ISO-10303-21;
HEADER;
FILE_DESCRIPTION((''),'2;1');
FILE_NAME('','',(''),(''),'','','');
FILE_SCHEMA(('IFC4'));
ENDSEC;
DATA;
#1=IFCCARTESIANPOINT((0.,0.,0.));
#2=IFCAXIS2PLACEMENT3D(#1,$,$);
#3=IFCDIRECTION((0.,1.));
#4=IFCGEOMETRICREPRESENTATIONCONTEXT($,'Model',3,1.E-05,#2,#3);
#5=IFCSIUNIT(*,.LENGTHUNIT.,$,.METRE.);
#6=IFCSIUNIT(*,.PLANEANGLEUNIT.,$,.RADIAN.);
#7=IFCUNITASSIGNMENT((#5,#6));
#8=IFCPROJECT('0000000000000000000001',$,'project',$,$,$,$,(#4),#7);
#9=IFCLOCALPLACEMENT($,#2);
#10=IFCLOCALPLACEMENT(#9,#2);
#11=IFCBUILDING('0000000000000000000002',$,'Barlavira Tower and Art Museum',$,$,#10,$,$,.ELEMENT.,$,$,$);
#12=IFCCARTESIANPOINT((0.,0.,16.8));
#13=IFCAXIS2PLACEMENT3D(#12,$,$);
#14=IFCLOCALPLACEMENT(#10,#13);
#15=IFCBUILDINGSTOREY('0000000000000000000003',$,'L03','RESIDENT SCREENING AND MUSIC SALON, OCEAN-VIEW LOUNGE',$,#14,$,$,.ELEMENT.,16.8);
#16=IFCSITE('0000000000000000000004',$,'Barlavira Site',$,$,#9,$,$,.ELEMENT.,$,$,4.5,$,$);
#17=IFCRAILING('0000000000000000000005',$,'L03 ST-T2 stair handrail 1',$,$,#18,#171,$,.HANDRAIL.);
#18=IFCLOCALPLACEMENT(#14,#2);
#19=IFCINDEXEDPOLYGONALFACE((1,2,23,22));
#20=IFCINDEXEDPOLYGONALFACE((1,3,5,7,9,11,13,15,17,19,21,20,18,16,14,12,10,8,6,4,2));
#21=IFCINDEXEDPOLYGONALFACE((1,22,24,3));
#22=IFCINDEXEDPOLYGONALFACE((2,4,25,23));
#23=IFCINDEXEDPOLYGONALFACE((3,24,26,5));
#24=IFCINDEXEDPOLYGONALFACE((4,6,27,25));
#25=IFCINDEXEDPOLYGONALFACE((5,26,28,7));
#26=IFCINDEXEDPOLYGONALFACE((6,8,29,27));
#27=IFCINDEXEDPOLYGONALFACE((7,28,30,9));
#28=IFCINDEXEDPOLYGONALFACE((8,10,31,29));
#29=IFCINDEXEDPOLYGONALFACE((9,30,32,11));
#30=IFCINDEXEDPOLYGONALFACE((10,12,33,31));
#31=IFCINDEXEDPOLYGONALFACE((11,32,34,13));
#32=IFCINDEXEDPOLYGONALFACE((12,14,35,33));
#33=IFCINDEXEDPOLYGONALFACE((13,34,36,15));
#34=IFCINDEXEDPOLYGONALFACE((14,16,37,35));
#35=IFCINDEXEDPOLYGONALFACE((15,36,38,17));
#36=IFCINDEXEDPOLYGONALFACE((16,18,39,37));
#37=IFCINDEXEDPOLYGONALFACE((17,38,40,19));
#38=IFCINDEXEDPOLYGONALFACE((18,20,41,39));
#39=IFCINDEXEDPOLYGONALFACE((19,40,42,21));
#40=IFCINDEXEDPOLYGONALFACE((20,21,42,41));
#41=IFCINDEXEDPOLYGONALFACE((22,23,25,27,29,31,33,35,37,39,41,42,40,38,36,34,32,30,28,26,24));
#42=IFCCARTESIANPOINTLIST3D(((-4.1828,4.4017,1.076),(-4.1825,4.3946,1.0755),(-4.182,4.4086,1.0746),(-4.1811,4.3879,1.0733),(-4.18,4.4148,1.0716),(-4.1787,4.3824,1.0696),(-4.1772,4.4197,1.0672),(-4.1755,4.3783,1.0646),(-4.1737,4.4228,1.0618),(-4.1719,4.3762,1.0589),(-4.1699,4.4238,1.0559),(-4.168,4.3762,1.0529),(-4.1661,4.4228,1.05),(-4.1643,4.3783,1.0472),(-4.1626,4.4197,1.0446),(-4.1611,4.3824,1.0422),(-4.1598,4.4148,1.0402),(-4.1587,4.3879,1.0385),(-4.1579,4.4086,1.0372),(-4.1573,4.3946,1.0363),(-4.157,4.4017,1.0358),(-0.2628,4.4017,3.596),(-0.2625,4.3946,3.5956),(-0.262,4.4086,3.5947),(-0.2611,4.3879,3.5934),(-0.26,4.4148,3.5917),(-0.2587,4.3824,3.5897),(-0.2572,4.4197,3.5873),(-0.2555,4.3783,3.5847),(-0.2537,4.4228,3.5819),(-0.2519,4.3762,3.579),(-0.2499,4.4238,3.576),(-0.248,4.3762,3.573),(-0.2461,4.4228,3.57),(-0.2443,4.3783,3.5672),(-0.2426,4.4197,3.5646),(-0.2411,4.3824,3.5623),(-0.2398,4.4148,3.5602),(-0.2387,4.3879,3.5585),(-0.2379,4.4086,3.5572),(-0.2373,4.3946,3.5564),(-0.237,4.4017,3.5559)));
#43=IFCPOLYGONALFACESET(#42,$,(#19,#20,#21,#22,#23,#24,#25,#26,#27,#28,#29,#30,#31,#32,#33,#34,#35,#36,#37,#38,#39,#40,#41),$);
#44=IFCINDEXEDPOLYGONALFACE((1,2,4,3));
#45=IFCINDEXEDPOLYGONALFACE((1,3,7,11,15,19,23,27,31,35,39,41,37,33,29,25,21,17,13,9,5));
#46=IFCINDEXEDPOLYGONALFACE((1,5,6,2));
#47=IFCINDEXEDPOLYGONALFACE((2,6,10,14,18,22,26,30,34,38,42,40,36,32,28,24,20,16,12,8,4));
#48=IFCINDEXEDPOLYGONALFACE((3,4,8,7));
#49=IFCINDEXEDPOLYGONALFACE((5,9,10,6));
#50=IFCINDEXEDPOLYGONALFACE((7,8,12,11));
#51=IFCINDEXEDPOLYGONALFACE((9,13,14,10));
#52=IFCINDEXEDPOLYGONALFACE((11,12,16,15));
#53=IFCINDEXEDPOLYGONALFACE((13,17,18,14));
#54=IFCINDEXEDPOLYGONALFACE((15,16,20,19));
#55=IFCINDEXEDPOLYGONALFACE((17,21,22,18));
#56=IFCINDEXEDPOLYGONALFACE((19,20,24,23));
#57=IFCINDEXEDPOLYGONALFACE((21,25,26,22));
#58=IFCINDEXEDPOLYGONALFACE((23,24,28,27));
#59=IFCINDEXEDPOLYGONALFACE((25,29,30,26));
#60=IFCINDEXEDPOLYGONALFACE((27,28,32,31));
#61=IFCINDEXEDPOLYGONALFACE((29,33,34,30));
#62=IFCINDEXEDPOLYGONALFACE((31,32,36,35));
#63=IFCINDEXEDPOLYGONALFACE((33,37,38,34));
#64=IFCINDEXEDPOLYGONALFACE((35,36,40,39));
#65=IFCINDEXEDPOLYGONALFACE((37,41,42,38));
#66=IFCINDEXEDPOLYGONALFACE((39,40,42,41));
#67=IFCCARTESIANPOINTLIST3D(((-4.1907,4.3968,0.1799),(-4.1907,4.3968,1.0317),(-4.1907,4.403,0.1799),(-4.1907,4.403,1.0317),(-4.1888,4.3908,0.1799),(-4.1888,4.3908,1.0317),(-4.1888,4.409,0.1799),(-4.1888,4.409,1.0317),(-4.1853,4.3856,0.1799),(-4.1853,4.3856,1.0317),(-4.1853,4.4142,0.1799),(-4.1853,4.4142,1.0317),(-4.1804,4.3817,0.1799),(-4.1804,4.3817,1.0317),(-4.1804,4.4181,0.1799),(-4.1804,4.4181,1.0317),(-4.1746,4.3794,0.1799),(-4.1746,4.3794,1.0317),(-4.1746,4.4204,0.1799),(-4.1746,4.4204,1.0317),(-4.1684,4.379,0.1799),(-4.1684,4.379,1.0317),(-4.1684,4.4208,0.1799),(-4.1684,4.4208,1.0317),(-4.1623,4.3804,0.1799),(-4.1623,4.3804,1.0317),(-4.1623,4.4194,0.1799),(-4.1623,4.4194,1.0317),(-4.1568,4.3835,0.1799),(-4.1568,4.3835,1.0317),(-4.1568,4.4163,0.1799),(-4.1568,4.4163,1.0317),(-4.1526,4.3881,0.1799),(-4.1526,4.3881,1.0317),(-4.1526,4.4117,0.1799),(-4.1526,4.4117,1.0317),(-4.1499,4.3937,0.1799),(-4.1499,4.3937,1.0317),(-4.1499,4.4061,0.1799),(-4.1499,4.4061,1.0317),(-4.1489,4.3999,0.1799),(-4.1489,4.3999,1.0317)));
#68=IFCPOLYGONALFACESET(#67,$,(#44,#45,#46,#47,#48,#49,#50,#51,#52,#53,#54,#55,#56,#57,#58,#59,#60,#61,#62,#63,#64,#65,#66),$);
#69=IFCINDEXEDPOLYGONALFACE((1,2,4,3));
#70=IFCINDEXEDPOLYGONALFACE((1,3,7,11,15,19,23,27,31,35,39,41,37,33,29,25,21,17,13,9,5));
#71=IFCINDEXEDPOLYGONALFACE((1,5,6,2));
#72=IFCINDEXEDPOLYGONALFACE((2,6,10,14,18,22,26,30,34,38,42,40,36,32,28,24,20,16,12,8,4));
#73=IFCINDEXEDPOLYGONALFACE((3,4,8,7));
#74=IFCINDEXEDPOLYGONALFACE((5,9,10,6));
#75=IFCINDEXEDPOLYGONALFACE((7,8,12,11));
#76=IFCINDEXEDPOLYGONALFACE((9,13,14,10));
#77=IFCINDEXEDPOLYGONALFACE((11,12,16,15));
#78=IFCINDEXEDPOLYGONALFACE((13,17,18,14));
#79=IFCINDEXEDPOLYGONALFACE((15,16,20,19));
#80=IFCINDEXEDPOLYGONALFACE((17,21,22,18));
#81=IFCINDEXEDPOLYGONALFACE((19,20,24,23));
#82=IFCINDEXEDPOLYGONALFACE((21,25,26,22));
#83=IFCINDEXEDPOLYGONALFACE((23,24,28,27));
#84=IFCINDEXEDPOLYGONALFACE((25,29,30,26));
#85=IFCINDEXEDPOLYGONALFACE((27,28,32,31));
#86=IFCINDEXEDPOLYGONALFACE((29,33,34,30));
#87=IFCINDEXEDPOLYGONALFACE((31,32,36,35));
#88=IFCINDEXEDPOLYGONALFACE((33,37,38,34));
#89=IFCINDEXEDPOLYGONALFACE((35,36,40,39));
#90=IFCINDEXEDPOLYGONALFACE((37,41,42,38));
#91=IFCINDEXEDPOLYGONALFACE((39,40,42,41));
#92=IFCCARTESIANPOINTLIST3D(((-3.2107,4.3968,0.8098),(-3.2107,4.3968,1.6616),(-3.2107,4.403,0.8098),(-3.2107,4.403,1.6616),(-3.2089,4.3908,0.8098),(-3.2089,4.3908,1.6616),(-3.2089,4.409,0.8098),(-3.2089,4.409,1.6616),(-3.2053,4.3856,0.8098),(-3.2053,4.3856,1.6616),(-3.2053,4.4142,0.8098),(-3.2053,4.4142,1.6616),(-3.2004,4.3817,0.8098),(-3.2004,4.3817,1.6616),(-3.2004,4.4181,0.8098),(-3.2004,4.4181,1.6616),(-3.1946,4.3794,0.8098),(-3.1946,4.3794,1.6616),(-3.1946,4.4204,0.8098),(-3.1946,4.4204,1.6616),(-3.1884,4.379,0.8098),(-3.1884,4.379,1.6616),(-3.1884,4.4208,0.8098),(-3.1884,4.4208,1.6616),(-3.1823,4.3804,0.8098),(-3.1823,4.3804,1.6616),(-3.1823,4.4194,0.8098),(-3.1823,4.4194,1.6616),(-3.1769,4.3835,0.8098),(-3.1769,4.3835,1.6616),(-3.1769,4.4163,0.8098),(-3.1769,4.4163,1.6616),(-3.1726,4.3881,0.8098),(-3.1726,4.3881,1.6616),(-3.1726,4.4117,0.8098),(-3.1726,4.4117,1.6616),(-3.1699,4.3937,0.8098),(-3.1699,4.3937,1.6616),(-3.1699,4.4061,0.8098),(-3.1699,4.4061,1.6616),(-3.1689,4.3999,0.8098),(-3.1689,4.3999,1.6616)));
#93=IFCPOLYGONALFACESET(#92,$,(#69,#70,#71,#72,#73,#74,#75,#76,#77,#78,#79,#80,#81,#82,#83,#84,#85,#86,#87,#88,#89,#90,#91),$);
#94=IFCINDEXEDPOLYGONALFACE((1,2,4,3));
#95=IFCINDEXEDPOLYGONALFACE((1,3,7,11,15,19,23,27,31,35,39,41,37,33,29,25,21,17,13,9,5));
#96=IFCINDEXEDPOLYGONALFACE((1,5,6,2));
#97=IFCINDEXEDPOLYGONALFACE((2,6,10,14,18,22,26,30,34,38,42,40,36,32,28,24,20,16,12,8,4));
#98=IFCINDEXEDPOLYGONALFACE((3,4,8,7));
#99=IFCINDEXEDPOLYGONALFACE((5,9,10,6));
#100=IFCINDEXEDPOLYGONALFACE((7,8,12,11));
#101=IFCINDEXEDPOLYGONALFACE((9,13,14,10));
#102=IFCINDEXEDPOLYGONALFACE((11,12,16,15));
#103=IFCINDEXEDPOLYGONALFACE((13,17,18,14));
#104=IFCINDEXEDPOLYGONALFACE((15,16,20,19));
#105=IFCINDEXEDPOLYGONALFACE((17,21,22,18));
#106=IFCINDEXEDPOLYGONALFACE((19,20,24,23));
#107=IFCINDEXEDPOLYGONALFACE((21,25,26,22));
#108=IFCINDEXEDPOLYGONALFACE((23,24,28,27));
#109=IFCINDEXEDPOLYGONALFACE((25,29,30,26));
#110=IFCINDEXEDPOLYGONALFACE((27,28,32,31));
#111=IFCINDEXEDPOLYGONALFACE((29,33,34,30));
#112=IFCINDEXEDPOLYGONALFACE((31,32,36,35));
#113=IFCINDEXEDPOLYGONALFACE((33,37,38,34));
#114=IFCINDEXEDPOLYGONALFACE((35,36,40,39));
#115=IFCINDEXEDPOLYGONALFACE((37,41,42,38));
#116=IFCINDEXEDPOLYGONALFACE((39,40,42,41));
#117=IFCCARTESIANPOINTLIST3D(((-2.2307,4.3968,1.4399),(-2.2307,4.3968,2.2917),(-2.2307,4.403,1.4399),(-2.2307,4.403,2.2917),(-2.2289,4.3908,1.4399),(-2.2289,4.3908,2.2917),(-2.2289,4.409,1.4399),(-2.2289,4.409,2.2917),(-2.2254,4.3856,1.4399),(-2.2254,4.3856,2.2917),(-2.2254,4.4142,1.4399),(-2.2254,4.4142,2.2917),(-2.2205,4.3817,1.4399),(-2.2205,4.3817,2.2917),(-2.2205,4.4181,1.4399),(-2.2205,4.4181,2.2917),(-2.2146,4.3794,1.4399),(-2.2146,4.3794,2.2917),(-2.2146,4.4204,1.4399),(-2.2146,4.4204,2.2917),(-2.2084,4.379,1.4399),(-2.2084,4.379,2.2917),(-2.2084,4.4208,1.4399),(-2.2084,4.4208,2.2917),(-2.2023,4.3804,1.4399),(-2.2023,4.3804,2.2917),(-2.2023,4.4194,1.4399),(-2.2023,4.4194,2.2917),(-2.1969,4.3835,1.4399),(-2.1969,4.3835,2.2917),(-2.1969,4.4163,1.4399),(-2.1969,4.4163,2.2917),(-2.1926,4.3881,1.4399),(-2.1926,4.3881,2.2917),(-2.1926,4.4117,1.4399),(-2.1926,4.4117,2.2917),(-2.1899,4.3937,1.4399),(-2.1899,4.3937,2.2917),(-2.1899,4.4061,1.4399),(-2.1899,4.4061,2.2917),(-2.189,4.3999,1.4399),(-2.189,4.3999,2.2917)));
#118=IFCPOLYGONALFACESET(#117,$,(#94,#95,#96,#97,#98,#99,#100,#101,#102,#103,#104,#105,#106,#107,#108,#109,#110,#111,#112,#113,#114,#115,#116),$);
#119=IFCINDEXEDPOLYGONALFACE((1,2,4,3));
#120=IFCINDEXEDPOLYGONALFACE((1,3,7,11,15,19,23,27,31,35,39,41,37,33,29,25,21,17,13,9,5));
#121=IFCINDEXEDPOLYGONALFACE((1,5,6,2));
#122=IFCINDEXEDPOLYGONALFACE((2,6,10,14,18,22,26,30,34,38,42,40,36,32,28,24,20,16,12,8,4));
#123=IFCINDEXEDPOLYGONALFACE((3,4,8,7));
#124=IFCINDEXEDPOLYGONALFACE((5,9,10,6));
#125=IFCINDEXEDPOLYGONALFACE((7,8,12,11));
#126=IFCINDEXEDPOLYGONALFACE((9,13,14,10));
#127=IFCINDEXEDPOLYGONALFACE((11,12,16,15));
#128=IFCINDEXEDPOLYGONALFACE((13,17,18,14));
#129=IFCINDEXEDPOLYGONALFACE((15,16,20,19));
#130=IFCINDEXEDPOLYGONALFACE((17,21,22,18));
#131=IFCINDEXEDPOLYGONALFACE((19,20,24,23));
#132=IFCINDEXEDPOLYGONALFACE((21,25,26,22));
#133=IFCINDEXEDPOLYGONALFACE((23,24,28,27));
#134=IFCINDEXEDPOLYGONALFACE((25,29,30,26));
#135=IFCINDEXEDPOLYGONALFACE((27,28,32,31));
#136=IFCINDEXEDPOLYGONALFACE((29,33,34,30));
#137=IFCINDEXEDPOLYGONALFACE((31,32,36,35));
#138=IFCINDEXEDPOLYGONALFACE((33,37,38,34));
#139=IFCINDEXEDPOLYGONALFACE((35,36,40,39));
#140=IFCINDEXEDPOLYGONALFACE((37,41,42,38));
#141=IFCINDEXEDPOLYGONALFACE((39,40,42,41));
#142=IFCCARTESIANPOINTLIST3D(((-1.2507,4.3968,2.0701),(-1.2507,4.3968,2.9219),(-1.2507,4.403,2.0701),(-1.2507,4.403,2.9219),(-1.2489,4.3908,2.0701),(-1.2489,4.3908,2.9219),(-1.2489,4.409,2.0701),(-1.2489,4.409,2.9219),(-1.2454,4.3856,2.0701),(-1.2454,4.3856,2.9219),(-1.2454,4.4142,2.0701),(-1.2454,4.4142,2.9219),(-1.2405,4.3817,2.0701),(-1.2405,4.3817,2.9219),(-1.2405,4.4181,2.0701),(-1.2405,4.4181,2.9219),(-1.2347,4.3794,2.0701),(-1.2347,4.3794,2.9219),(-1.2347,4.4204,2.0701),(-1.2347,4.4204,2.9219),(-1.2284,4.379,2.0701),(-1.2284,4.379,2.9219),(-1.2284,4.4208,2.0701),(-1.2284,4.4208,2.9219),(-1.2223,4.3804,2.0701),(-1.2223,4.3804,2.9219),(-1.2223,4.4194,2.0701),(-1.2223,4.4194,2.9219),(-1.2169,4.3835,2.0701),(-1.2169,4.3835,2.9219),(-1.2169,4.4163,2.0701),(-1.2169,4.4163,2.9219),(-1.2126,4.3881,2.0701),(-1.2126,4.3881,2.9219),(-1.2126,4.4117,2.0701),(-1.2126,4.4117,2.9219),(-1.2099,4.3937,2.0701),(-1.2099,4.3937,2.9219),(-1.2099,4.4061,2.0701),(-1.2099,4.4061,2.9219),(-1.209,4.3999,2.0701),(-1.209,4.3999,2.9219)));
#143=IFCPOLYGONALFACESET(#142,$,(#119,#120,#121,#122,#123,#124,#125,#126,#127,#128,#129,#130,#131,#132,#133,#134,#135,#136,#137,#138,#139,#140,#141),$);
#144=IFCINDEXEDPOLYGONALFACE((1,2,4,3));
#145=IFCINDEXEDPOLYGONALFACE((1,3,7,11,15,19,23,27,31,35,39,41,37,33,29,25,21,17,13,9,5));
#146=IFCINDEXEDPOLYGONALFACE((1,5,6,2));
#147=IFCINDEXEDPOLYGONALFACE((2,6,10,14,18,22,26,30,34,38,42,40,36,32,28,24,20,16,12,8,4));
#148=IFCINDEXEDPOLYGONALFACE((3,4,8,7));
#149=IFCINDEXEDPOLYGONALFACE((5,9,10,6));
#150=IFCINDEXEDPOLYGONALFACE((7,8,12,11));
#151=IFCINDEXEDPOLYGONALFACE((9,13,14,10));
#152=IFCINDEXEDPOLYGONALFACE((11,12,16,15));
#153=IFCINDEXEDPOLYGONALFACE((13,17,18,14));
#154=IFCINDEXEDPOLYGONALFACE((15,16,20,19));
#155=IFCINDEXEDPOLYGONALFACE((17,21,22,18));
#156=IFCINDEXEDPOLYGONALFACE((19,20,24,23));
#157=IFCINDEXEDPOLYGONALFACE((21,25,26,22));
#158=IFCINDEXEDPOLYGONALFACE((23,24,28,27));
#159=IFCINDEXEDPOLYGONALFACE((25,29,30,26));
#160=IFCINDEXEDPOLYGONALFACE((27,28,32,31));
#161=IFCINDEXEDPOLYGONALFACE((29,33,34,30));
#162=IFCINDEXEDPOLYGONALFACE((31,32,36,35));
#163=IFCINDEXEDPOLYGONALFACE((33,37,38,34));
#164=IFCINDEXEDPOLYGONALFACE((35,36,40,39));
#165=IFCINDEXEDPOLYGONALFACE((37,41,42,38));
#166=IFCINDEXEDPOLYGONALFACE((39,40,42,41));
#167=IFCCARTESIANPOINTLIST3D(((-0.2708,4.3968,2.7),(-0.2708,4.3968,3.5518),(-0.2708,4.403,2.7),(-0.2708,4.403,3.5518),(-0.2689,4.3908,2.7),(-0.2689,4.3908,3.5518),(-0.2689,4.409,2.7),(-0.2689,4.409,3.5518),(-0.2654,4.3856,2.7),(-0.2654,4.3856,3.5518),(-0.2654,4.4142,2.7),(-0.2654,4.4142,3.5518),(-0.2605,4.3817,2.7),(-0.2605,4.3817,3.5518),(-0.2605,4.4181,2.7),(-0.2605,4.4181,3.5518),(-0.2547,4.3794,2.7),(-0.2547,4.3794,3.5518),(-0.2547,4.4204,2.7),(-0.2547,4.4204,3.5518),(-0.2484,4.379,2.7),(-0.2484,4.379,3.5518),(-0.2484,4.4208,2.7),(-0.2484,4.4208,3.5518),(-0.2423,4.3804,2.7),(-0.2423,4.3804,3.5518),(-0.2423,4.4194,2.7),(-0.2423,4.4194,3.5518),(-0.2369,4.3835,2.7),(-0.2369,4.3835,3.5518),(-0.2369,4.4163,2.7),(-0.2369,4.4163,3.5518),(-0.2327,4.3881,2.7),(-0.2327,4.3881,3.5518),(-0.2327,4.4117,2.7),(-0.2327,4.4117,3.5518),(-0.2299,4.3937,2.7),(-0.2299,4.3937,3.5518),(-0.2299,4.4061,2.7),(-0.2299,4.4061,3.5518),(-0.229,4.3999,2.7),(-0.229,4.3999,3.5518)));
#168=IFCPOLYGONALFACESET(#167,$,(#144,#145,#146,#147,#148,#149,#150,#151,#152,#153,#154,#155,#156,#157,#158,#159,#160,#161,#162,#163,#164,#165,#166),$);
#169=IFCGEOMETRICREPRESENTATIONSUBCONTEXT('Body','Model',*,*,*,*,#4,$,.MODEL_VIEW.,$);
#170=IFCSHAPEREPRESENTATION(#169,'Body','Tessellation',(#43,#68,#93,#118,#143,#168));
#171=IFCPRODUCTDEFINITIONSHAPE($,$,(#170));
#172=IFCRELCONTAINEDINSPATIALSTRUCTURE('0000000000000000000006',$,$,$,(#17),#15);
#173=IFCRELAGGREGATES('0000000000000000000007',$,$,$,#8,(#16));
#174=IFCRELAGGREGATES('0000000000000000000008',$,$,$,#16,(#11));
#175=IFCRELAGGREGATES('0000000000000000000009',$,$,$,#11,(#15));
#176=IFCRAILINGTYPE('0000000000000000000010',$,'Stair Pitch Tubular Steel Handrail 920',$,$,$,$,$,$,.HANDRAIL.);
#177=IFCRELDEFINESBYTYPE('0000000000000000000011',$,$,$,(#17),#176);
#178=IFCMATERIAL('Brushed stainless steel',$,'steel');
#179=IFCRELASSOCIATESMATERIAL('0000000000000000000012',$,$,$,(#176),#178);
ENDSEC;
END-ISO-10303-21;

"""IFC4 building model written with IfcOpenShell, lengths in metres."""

from ifc_helpers import new_model, si_unit, direction, frame, origin, origin_2d, place, context, subcontext, project, spatial, circle, extrude, material, type_object, element, save


model = new_model("IFC4")

# Units and contexts
model_context = context("Model", 3, precision=1e-05, world=origin(), true_north=direction((0.0, 1.0)))
body_context = subcontext(model_context, "Body", "Model", "MODEL_VIEW")
ifc_project = project(units=[si_unit("LENGTHUNIT", "METRE"), si_unit("PLANEANGLEUNIT", "RADIAN")], contexts=[model_context])

# Site, building, storey
site_placement = place(None, origin())
site = spatial("IfcSite", under=ifc_project, at=site_placement, Name="Barlavira Site", CompositionType="ELEMENT", RefElevation=4.5)
building_placement = place(site_placement, origin())
building = spatial("IfcBuilding", under=site, at=building_placement, Name="Barlavira Tower and Art Museum", CompositionType="ELEMENT")
storey_placement = place(building_placement, frame((0.0, 0.0, 16.8)))
storey = spatial("IfcBuildingStorey", under=building, at=storey_placement, Name="L03", Description="RESIDENT SCREENING AND MUSIC SALON, OCEAN-VIEW LOUNGE", CompositionType="ELEMENT", Elevation=16.8)

# Shared definitions
ifc_material_1 = material(Name="Brushed stainless steel", Category="steel")

# Railing
railing_type_1 = type_object("IfcRailingType", Name="Stair Pitch Tubular Steel Handrail 920", PredefinedType="HANDRAIL", material=ifc_material_1)
railing_1_placement = place(storey_placement, frame((-4.1699, 4.3999, 0.1799)))
element("IfcRailing", 1, at=railing_1_placement, inside=storey, type_object=railing_type_1, Name="L03 ST-T2 stair handrail 1", PredefinedType="HANDRAIL", context=body_context, shape_type="SweptSolid", body=[
    extrude(circle(Radius=0.0239, at=origin_2d()), frame((0.0, 0.0, 0.876), z_axis=(0.841172, 0.0, 0.540768), x_axis=(0.0, 1.0, 0.0)), (0.0, 0.0, 1.0), 4.6602),
    extrude(circle(Radius=0.021, at=origin_2d()), origin(), (0.0, 0.0, 1.0), 0.8518),
    extrude(circle(Radius=0.021, at=origin_2d()), frame((0.98, 0.0, 0.6299)), (0.0, 0.0, 1.0), 0.8518),
    extrude(circle(Radius=0.021, at=origin_2d()), frame((1.96, 0.0, 1.26)), (0.0, 0.0, 1.0), 0.8518),
    extrude(circle(Radius=0.021, at=origin_2d()), frame((2.9399, 0.0, 1.8901)), (0.0, 0.0, 1.0), 0.8518),
    extrude(circle(Radius=0.021, at=origin_2d()), frame((3.9199, 0.0, 2.52)), (0.0, 0.0, 1.0), 0.8518),
])

save(model, "model.ifc")
